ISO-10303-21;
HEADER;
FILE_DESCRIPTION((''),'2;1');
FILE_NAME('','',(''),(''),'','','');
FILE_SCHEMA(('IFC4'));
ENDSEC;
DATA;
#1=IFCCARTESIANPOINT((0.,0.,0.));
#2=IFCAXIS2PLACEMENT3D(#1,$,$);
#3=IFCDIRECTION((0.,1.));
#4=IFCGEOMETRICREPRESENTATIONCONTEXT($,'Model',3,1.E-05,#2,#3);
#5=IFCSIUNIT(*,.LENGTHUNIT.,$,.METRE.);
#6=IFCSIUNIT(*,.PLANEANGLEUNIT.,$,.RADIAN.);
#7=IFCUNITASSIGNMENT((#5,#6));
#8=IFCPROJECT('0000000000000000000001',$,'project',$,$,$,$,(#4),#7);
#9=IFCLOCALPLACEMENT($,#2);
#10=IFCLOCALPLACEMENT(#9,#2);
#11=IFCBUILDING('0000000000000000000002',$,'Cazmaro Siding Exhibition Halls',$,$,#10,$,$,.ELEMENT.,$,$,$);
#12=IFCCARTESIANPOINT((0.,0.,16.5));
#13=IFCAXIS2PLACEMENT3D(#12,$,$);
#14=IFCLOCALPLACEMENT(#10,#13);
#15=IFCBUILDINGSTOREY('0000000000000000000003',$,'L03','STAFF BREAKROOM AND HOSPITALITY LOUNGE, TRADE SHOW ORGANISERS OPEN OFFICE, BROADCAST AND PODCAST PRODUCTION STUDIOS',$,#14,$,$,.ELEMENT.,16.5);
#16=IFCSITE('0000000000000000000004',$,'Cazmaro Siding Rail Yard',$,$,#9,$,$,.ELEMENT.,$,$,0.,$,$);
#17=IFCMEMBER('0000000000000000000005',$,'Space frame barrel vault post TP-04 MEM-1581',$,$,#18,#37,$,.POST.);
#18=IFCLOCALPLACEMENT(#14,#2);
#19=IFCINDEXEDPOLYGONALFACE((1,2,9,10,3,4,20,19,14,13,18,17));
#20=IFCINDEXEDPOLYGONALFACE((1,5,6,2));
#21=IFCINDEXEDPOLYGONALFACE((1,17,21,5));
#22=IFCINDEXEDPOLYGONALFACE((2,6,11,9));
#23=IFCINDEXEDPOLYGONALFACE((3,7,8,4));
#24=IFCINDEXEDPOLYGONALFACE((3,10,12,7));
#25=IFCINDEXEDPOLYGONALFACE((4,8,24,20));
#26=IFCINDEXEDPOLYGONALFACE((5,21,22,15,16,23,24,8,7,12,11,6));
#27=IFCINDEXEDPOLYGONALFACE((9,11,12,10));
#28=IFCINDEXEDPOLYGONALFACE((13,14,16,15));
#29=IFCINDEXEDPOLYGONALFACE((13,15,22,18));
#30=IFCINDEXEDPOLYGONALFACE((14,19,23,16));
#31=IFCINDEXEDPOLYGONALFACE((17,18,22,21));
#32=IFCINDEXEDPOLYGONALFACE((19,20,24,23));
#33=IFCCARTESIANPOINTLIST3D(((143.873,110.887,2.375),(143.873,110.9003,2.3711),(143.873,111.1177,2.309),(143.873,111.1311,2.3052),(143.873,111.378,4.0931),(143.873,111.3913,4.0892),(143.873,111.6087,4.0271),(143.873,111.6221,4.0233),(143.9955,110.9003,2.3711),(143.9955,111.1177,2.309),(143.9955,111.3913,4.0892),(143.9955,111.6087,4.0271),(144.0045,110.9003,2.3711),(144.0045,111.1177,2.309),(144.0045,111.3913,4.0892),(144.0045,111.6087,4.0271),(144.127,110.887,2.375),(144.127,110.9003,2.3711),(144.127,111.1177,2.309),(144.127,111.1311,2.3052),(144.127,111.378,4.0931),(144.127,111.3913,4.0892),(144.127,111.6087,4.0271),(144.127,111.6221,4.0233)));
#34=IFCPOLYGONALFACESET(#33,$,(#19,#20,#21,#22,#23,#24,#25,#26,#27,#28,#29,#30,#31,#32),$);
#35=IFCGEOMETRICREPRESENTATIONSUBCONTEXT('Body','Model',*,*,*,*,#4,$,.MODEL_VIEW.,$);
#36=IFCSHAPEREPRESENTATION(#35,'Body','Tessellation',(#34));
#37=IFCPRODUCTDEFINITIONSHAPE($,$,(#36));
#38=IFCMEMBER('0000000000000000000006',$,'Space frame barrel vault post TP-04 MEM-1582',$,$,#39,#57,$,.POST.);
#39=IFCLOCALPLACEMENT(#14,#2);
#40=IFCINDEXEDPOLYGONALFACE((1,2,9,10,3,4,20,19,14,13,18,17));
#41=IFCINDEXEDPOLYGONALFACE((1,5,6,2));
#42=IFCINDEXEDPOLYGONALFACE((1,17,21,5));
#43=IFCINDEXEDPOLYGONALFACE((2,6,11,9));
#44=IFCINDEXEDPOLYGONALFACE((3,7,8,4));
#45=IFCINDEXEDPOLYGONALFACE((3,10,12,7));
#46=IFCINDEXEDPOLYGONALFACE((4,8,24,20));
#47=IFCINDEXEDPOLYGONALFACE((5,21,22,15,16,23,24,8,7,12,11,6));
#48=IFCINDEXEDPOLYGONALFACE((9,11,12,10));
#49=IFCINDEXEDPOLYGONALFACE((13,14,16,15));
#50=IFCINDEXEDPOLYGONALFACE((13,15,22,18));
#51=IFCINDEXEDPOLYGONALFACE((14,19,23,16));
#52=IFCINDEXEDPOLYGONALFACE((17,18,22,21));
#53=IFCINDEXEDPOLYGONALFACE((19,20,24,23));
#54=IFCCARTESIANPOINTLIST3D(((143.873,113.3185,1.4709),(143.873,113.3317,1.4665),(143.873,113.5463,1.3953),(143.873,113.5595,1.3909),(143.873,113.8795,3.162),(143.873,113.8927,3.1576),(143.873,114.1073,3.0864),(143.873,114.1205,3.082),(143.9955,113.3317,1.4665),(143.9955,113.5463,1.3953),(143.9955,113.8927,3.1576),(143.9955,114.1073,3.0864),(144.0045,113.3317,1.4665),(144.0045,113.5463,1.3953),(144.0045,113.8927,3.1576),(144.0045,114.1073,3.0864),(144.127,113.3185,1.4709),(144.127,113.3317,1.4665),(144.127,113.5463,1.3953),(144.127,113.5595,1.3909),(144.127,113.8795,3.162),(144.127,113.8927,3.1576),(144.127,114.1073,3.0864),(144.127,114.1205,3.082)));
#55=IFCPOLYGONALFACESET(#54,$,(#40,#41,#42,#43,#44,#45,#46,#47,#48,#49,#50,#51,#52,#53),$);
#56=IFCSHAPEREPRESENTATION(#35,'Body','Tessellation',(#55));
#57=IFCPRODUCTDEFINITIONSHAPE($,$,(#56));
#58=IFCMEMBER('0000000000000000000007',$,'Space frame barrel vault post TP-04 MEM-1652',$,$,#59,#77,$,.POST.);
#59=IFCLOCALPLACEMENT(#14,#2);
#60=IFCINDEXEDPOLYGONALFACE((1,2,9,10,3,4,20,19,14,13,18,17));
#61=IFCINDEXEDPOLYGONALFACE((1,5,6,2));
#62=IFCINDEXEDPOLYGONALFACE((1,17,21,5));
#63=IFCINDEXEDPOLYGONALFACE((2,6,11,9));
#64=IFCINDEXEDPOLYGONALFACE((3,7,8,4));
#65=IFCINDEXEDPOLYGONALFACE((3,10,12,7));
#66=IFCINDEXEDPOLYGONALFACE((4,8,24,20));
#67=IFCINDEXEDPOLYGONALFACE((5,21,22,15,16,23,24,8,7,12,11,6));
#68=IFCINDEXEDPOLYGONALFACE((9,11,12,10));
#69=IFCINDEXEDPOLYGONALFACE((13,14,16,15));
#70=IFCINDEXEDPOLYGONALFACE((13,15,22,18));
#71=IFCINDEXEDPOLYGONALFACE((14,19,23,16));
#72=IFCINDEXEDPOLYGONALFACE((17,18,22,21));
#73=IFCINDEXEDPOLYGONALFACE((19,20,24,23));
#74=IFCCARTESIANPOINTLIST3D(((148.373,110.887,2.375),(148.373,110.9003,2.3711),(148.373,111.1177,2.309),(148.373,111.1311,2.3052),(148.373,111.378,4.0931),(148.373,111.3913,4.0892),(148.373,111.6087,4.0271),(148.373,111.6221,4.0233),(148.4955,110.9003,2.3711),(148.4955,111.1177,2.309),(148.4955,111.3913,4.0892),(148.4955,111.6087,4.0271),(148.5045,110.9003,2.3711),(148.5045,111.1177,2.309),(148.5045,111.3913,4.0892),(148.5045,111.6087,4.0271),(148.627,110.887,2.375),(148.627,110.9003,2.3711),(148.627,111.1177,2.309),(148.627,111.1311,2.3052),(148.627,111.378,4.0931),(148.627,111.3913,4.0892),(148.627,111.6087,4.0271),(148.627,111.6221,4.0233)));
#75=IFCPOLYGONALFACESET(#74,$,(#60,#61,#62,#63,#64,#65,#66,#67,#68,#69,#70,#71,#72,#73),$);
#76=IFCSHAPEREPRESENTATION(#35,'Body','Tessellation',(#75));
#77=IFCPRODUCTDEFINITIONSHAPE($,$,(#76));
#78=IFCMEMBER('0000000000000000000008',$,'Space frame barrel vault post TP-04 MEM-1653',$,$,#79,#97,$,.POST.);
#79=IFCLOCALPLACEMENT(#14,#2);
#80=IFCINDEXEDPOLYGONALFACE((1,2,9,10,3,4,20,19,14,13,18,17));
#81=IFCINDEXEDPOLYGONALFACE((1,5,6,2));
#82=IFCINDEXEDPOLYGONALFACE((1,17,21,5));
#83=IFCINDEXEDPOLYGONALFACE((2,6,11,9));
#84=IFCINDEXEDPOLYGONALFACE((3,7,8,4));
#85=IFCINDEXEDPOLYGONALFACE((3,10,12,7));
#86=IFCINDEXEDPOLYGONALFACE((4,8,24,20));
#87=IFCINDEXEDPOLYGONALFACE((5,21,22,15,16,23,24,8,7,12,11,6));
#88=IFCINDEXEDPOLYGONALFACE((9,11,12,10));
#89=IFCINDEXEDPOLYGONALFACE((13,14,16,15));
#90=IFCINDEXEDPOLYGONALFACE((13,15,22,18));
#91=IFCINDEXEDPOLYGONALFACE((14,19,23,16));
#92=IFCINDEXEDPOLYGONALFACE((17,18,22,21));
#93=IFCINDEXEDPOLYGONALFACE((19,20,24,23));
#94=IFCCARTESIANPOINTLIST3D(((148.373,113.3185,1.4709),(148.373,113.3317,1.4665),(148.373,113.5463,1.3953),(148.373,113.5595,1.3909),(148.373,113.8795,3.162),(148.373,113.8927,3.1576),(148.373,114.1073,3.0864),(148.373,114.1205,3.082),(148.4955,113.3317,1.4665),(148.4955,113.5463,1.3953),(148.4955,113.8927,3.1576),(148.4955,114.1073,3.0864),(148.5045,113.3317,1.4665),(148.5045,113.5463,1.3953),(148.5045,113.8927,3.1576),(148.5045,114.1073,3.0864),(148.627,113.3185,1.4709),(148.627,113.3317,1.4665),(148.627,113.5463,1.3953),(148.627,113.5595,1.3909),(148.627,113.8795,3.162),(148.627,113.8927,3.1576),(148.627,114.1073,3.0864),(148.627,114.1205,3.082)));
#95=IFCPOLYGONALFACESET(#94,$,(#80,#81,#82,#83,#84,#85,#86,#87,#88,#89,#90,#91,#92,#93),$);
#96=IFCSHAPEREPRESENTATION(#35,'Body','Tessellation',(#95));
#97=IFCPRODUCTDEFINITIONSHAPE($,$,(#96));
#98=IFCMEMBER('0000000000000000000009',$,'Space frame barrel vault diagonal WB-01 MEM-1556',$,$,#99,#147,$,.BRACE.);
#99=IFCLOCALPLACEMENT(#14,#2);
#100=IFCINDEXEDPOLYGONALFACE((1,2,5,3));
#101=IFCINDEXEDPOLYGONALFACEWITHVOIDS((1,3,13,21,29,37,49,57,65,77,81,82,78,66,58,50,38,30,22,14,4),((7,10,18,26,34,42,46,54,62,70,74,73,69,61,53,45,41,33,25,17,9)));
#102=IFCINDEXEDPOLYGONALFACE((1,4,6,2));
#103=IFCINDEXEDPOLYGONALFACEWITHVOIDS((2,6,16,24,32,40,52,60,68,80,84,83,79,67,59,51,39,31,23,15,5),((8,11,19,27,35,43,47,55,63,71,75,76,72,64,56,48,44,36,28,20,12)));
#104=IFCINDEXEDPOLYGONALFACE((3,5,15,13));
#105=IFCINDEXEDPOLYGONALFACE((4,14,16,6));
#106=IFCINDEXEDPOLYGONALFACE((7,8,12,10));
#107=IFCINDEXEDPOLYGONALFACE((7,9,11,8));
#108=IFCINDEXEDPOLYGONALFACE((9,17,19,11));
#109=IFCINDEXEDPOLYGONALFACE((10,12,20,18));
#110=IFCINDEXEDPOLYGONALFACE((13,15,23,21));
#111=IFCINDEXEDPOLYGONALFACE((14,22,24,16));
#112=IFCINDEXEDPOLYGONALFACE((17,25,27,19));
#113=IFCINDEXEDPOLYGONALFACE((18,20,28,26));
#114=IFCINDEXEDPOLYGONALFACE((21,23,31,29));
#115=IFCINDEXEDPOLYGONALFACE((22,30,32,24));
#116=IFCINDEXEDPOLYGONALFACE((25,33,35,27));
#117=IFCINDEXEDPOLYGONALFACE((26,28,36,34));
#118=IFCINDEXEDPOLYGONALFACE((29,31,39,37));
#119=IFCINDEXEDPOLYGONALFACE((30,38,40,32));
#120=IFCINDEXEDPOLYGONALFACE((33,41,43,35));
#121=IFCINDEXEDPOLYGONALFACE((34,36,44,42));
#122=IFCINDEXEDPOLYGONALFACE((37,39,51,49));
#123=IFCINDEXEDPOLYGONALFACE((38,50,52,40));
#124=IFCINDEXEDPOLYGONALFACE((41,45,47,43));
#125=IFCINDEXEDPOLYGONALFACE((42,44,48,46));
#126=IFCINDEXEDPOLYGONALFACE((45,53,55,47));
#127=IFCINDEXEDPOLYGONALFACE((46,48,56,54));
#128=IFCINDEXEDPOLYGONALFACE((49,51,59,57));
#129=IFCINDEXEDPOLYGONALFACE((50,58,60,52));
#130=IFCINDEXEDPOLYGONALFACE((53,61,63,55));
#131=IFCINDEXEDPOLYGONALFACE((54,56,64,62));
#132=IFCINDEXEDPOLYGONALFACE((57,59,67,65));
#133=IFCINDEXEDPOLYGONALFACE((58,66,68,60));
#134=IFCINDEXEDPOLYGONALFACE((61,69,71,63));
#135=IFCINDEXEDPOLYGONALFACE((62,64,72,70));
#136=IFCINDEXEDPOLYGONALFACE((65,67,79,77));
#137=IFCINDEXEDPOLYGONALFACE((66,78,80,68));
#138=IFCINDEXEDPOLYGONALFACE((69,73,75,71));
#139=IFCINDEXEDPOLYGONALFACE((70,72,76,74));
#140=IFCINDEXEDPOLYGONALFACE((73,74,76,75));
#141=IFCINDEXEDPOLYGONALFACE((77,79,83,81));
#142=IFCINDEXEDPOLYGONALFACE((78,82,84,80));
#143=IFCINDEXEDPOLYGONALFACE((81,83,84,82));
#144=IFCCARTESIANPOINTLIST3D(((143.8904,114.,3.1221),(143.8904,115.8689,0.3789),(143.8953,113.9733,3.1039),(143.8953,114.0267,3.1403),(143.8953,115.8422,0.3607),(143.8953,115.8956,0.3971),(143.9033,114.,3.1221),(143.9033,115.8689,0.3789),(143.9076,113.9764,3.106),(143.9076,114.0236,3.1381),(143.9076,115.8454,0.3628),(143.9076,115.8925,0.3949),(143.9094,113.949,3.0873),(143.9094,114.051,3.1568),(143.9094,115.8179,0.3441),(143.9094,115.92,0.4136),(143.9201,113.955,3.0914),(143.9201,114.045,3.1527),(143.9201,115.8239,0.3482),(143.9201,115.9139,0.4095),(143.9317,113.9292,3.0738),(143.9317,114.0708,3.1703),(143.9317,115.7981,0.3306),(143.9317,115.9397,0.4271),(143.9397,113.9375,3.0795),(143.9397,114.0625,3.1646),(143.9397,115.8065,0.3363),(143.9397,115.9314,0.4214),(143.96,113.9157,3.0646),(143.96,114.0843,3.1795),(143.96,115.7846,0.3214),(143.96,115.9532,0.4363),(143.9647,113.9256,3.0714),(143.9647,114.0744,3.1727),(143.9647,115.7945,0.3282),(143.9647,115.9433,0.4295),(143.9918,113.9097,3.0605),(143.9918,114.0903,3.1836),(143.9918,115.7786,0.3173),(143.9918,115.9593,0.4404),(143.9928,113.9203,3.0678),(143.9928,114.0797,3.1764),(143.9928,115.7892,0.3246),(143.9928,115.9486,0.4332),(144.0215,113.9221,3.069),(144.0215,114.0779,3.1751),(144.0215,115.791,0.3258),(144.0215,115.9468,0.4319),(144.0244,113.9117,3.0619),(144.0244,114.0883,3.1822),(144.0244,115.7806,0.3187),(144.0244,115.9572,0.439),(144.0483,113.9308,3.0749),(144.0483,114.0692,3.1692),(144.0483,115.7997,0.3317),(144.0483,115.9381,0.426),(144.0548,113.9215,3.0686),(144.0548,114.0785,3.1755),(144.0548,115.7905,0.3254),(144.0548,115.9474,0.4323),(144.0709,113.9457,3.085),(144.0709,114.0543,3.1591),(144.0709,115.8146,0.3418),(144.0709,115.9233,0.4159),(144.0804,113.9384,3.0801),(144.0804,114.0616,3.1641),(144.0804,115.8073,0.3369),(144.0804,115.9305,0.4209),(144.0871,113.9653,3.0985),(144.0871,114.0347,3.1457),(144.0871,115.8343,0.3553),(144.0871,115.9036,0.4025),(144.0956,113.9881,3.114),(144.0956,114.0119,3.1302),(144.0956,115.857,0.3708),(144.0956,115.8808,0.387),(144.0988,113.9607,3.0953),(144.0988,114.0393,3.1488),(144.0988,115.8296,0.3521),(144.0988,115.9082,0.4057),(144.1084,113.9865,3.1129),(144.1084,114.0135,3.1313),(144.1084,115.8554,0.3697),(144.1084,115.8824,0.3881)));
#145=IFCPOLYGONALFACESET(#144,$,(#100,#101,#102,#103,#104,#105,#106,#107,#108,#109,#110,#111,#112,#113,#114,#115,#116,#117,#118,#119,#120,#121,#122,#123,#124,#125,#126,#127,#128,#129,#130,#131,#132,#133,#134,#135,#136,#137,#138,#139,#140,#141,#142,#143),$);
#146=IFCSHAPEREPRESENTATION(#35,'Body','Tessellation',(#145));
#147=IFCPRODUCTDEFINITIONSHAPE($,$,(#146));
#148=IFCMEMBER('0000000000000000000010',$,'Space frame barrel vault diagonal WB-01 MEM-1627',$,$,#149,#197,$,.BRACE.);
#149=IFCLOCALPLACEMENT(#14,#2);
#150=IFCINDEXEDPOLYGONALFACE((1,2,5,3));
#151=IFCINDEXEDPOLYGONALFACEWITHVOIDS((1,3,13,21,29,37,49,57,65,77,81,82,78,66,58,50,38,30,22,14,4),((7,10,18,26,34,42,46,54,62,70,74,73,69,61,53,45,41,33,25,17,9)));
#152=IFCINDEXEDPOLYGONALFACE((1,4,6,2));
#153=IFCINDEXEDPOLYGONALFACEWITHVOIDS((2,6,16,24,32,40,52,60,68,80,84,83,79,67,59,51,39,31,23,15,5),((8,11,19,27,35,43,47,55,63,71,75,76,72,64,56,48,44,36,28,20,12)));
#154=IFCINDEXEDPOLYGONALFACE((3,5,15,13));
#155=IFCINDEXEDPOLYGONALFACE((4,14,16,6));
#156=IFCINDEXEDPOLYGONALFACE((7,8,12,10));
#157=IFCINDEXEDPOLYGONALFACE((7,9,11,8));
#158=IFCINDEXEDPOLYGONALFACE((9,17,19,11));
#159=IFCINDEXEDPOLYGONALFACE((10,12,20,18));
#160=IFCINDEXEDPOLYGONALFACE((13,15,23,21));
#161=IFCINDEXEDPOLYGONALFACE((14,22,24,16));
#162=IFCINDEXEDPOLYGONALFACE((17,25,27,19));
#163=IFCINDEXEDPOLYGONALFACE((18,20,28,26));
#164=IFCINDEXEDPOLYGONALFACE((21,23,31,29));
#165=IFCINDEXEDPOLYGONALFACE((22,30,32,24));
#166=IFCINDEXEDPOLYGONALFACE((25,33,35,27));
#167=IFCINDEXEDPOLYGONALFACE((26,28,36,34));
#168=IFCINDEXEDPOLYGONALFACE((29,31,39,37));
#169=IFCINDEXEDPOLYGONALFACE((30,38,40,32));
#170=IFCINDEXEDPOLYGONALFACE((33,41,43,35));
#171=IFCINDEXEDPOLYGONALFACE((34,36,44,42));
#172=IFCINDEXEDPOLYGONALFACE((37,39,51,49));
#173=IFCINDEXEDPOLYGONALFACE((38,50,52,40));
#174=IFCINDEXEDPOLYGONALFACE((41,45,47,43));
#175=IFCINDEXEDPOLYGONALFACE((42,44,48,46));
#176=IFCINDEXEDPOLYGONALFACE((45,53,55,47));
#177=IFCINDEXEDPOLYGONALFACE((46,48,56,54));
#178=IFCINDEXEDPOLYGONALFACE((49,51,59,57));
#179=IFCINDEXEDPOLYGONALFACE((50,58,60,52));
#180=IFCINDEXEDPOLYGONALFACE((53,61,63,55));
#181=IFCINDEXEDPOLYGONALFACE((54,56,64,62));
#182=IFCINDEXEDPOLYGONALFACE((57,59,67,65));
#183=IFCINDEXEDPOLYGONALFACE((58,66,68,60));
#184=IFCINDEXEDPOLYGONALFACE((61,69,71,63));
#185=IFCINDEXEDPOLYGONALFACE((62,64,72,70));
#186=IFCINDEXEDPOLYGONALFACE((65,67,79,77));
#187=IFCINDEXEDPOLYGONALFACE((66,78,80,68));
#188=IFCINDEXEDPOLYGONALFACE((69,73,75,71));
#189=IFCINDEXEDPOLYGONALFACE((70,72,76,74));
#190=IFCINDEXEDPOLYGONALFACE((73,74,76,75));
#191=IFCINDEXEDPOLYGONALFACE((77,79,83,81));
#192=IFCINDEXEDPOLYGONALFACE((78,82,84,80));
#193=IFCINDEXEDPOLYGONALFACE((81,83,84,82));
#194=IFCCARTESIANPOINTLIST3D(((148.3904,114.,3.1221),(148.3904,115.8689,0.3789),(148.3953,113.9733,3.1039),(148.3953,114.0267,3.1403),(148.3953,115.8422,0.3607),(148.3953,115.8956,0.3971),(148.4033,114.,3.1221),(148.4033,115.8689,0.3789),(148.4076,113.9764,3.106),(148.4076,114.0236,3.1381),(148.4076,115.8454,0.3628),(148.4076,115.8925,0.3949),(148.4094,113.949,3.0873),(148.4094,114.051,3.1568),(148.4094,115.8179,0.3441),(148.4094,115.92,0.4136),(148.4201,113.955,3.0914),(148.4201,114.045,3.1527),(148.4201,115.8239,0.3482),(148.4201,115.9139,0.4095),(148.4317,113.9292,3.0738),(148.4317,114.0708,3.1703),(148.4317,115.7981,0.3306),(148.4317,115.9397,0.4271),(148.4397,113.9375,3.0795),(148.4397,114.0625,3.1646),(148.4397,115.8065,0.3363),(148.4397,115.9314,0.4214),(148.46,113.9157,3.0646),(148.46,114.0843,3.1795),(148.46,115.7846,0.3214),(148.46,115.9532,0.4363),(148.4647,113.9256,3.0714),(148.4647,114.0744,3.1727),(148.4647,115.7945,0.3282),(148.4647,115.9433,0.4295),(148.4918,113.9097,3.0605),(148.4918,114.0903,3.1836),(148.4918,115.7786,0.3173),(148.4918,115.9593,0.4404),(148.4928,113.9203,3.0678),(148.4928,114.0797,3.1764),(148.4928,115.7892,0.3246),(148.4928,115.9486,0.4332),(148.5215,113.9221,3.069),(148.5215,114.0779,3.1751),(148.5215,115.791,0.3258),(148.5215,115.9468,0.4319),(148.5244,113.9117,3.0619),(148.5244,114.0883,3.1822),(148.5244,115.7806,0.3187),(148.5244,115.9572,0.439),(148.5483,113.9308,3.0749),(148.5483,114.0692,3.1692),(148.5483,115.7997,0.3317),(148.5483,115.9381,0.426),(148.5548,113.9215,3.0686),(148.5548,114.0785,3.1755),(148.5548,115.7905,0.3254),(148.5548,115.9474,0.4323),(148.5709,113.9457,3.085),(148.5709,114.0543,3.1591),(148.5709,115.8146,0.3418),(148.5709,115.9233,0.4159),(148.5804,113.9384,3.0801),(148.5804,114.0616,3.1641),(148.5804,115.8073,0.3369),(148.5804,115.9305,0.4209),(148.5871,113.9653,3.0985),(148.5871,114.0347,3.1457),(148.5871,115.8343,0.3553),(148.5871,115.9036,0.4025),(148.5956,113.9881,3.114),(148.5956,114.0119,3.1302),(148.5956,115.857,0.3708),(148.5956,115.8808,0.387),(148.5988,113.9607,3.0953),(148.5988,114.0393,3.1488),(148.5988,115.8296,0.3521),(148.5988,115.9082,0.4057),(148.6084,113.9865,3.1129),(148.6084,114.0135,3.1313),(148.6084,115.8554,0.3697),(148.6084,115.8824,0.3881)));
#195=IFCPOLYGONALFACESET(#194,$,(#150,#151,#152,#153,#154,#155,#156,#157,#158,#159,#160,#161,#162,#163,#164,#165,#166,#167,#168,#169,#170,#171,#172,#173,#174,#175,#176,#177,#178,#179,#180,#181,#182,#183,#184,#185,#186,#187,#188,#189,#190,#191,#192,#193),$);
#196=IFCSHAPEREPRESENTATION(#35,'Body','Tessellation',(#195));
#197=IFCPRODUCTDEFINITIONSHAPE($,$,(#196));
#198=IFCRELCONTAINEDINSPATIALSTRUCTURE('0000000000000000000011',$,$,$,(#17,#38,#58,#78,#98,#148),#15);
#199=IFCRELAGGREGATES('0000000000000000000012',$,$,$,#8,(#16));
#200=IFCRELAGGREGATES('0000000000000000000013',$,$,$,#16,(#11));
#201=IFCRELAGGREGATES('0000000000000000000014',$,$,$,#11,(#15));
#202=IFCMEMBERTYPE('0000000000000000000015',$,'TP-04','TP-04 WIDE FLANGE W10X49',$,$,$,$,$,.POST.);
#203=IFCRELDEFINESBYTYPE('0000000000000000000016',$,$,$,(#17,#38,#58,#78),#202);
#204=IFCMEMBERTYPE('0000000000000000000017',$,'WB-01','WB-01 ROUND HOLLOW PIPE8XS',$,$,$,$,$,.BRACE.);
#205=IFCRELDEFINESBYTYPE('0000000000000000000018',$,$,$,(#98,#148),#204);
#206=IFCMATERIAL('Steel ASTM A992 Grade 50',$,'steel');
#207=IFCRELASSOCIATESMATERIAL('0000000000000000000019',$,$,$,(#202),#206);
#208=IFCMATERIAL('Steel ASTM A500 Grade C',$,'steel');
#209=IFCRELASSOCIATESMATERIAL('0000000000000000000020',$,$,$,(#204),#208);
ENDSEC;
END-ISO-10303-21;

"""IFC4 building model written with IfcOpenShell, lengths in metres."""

from ifc_helpers import new_model, si_unit, direction, frame, origin, origin_2d, place, context, subcontext, project, spatial, hollow_circle, i_section, extrude, material, material_profile, profile_set, type_object, element, save


model = new_model("IFC4")

# Units and contexts
model_context = context("Model", 3, precision=1e-05, world=origin(), true_north=direction((0.0, 1.0)))
body_context = subcontext(model_context, "Body", "Model", "MODEL_VIEW")
ifc_project = project(units=[si_unit("LENGTHUNIT", "METRE"), si_unit("PLANEANGLEUNIT", "RADIAN")], contexts=[model_context])

# Site, building, storey
site_placement = place(None, origin())
site = spatial("IfcSite", under=ifc_project, at=site_placement, Name="Cazmaro Siding Rail Yard", CompositionType="ELEMENT", RefElevation=0.0)
building_placement = place(site_placement, origin())
building = spatial("IfcBuilding", under=site, at=building_placement, Name="Cazmaro Siding Exhibition Halls", CompositionType="ELEMENT")
storey_placement = place(building_placement, frame((0.0, 0.0, 16.5)))
storey = spatial("IfcBuildingStorey", under=building, at=storey_placement, Name="L03", Description="STAFF BREAKROOM AND HOSPITALITY LOUNGE, TRADE SHOW ORGANISERS OPEN OFFICE, BROADCAST AND PODCAST PRODUCTION STUDIOS", CompositionType="ELEMENT", Elevation=16.5)

# Members
ifc_material_1 = material(Name="Steel ASTM A992 Grade 50", Category="steel")
ifc_material_profile_1 = material_profile(ifc_material_1, i_section(OverallWidth=0.2539, OverallDepth=0.2539, WebThickness=0.009, FlangeThickness=0.0139, at=origin_2d()), Name="W10X49")
ifc_profile_set_1 = profile_set([ifc_material_profile_1], Name="Steel ASTM A992 Grade 50")
member_type_1 = type_object("IfcMemberType", Name="TP-04", Description="TP-04 WIDE FLANGE W10X49", PredefinedType="POST", material=ifc_profile_set_1)
member_1_placement = place(storey_placement, frame((144.0, 111.009, 2.3401), z_axis=(0.0, 0.274775, 0.961508), x_axis=(-1.0, 0.0, 0.0)))
element("IfcMember", 1, at=member_1_placement, inside=storey, type_object=member_type_1, Name="Space frame barrel vault post TP-04 MEM-1581", PredefinedType="POST", context=body_context, shape_type="SweptSolid", body=[
    extrude(i_section(OverallWidth=0.2539, OverallDepth=0.2539, WebThickness=0.009, FlangeThickness=0.0139, at=origin_2d()), origin(), (0.0, 0.0, 1.0), 1.7869),
])
member_2_placement = place(storey_placement, frame((144.0, 113.439, 1.4309), z_axis=(0.0, 0.314871, 0.949134), x_axis=(-1.0, 0.0, 0.0)))
element("IfcMember", 2, at=member_2_placement, inside=storey, type_object=member_type_1, Name="Space frame barrel vault post TP-04 MEM-1582", PredefinedType="POST", context=body_context, shape_type="SweptSolid", body=[
    extrude(i_section(OverallWidth=0.2539, OverallDepth=0.2539, WebThickness=0.009, FlangeThickness=0.0139, at=origin_2d()), origin(), (0.0, 0.0, 1.0), 1.7817),
])
member_3_placement = place(storey_placement, frame((148.5, 111.009, 2.3401), z_axis=(0.0, 0.274775, 0.961508), x_axis=(-1.0, 0.0, 0.0)))
element("IfcMember", 3, at=member_3_placement, inside=storey, type_object=member_type_1, Name="Space frame barrel vault post TP-04 MEM-1652", PredefinedType="POST", context=body_context, shape_type="SweptSolid", body=[
    extrude(i_section(OverallWidth=0.2539, OverallDepth=0.2539, WebThickness=0.009, FlangeThickness=0.0139, at=origin_2d()), origin(), (0.0, 0.0, 1.0), 1.7869),
])
member_4_placement = place(storey_placement, frame((148.5, 113.439, 1.4309), z_axis=(0.0, 0.314871, 0.949134), x_axis=(-1.0, 0.0, 0.0)))
element("IfcMember", 4, at=member_4_placement, inside=storey, type_object=member_type_1, Name="Space frame barrel vault post TP-04 MEM-1653", PredefinedType="POST", context=body_context, shape_type="SweptSolid", body=[
    extrude(i_section(OverallWidth=0.2539, OverallDepth=0.2539, WebThickness=0.009, FlangeThickness=0.0139, at=origin_2d()), origin(), (0.0, 0.0, 1.0), 1.7817),
])
ifc_material_2 = material(Name="Steel ASTM A500 Grade C", Category="steel")
ifc_material_profile_2 = material_profile(ifc_material_2, hollow_circle(Radius=0.1096, WallThickness=0.0129, at=origin_2d()), Name="PIPE8XS")
ifc_profile_set_2 = profile_set([ifc_material_profile_2], Name="Steel ASTM A500 Grade C")
member_type_2 = type_object("IfcMemberType", Name="WB-01", Description="WB-01 ROUND HOLLOW PIPE8XS", PredefinedType="BRACE", material=ifc_profile_set_2)
for number, where, z_axis, x_axis, name in (
    (5, (144.0, 114.0, 3.1221), (0.0, 0.56304, -0.82643), (-1.0, 0.0, 0.0), "Space frame barrel vault diagonal WB-01 MEM-1556"),
    (6, (148.5, 114.0, 3.1221), (0.0, 0.56304, -0.82643), (-1.0, 0.0, 0.0), "Space frame barrel vault diagonal WB-01 MEM-1627"),
):
    element("IfcMember", number, at=place(storey_placement, frame(where, z_axis=z_axis, x_axis=x_axis)), inside=storey, type_object=member_type_2, Name=name, PredefinedType="BRACE", context=body_context, shape_type="SweptSolid", body=[
        extrude(hollow_circle(Radius=0.1096, WallThickness=0.0129, at=origin_2d()), origin(), (0.0, 0.0, 1.0), 3.3193),
    ])

save(model, "model.ifc")
